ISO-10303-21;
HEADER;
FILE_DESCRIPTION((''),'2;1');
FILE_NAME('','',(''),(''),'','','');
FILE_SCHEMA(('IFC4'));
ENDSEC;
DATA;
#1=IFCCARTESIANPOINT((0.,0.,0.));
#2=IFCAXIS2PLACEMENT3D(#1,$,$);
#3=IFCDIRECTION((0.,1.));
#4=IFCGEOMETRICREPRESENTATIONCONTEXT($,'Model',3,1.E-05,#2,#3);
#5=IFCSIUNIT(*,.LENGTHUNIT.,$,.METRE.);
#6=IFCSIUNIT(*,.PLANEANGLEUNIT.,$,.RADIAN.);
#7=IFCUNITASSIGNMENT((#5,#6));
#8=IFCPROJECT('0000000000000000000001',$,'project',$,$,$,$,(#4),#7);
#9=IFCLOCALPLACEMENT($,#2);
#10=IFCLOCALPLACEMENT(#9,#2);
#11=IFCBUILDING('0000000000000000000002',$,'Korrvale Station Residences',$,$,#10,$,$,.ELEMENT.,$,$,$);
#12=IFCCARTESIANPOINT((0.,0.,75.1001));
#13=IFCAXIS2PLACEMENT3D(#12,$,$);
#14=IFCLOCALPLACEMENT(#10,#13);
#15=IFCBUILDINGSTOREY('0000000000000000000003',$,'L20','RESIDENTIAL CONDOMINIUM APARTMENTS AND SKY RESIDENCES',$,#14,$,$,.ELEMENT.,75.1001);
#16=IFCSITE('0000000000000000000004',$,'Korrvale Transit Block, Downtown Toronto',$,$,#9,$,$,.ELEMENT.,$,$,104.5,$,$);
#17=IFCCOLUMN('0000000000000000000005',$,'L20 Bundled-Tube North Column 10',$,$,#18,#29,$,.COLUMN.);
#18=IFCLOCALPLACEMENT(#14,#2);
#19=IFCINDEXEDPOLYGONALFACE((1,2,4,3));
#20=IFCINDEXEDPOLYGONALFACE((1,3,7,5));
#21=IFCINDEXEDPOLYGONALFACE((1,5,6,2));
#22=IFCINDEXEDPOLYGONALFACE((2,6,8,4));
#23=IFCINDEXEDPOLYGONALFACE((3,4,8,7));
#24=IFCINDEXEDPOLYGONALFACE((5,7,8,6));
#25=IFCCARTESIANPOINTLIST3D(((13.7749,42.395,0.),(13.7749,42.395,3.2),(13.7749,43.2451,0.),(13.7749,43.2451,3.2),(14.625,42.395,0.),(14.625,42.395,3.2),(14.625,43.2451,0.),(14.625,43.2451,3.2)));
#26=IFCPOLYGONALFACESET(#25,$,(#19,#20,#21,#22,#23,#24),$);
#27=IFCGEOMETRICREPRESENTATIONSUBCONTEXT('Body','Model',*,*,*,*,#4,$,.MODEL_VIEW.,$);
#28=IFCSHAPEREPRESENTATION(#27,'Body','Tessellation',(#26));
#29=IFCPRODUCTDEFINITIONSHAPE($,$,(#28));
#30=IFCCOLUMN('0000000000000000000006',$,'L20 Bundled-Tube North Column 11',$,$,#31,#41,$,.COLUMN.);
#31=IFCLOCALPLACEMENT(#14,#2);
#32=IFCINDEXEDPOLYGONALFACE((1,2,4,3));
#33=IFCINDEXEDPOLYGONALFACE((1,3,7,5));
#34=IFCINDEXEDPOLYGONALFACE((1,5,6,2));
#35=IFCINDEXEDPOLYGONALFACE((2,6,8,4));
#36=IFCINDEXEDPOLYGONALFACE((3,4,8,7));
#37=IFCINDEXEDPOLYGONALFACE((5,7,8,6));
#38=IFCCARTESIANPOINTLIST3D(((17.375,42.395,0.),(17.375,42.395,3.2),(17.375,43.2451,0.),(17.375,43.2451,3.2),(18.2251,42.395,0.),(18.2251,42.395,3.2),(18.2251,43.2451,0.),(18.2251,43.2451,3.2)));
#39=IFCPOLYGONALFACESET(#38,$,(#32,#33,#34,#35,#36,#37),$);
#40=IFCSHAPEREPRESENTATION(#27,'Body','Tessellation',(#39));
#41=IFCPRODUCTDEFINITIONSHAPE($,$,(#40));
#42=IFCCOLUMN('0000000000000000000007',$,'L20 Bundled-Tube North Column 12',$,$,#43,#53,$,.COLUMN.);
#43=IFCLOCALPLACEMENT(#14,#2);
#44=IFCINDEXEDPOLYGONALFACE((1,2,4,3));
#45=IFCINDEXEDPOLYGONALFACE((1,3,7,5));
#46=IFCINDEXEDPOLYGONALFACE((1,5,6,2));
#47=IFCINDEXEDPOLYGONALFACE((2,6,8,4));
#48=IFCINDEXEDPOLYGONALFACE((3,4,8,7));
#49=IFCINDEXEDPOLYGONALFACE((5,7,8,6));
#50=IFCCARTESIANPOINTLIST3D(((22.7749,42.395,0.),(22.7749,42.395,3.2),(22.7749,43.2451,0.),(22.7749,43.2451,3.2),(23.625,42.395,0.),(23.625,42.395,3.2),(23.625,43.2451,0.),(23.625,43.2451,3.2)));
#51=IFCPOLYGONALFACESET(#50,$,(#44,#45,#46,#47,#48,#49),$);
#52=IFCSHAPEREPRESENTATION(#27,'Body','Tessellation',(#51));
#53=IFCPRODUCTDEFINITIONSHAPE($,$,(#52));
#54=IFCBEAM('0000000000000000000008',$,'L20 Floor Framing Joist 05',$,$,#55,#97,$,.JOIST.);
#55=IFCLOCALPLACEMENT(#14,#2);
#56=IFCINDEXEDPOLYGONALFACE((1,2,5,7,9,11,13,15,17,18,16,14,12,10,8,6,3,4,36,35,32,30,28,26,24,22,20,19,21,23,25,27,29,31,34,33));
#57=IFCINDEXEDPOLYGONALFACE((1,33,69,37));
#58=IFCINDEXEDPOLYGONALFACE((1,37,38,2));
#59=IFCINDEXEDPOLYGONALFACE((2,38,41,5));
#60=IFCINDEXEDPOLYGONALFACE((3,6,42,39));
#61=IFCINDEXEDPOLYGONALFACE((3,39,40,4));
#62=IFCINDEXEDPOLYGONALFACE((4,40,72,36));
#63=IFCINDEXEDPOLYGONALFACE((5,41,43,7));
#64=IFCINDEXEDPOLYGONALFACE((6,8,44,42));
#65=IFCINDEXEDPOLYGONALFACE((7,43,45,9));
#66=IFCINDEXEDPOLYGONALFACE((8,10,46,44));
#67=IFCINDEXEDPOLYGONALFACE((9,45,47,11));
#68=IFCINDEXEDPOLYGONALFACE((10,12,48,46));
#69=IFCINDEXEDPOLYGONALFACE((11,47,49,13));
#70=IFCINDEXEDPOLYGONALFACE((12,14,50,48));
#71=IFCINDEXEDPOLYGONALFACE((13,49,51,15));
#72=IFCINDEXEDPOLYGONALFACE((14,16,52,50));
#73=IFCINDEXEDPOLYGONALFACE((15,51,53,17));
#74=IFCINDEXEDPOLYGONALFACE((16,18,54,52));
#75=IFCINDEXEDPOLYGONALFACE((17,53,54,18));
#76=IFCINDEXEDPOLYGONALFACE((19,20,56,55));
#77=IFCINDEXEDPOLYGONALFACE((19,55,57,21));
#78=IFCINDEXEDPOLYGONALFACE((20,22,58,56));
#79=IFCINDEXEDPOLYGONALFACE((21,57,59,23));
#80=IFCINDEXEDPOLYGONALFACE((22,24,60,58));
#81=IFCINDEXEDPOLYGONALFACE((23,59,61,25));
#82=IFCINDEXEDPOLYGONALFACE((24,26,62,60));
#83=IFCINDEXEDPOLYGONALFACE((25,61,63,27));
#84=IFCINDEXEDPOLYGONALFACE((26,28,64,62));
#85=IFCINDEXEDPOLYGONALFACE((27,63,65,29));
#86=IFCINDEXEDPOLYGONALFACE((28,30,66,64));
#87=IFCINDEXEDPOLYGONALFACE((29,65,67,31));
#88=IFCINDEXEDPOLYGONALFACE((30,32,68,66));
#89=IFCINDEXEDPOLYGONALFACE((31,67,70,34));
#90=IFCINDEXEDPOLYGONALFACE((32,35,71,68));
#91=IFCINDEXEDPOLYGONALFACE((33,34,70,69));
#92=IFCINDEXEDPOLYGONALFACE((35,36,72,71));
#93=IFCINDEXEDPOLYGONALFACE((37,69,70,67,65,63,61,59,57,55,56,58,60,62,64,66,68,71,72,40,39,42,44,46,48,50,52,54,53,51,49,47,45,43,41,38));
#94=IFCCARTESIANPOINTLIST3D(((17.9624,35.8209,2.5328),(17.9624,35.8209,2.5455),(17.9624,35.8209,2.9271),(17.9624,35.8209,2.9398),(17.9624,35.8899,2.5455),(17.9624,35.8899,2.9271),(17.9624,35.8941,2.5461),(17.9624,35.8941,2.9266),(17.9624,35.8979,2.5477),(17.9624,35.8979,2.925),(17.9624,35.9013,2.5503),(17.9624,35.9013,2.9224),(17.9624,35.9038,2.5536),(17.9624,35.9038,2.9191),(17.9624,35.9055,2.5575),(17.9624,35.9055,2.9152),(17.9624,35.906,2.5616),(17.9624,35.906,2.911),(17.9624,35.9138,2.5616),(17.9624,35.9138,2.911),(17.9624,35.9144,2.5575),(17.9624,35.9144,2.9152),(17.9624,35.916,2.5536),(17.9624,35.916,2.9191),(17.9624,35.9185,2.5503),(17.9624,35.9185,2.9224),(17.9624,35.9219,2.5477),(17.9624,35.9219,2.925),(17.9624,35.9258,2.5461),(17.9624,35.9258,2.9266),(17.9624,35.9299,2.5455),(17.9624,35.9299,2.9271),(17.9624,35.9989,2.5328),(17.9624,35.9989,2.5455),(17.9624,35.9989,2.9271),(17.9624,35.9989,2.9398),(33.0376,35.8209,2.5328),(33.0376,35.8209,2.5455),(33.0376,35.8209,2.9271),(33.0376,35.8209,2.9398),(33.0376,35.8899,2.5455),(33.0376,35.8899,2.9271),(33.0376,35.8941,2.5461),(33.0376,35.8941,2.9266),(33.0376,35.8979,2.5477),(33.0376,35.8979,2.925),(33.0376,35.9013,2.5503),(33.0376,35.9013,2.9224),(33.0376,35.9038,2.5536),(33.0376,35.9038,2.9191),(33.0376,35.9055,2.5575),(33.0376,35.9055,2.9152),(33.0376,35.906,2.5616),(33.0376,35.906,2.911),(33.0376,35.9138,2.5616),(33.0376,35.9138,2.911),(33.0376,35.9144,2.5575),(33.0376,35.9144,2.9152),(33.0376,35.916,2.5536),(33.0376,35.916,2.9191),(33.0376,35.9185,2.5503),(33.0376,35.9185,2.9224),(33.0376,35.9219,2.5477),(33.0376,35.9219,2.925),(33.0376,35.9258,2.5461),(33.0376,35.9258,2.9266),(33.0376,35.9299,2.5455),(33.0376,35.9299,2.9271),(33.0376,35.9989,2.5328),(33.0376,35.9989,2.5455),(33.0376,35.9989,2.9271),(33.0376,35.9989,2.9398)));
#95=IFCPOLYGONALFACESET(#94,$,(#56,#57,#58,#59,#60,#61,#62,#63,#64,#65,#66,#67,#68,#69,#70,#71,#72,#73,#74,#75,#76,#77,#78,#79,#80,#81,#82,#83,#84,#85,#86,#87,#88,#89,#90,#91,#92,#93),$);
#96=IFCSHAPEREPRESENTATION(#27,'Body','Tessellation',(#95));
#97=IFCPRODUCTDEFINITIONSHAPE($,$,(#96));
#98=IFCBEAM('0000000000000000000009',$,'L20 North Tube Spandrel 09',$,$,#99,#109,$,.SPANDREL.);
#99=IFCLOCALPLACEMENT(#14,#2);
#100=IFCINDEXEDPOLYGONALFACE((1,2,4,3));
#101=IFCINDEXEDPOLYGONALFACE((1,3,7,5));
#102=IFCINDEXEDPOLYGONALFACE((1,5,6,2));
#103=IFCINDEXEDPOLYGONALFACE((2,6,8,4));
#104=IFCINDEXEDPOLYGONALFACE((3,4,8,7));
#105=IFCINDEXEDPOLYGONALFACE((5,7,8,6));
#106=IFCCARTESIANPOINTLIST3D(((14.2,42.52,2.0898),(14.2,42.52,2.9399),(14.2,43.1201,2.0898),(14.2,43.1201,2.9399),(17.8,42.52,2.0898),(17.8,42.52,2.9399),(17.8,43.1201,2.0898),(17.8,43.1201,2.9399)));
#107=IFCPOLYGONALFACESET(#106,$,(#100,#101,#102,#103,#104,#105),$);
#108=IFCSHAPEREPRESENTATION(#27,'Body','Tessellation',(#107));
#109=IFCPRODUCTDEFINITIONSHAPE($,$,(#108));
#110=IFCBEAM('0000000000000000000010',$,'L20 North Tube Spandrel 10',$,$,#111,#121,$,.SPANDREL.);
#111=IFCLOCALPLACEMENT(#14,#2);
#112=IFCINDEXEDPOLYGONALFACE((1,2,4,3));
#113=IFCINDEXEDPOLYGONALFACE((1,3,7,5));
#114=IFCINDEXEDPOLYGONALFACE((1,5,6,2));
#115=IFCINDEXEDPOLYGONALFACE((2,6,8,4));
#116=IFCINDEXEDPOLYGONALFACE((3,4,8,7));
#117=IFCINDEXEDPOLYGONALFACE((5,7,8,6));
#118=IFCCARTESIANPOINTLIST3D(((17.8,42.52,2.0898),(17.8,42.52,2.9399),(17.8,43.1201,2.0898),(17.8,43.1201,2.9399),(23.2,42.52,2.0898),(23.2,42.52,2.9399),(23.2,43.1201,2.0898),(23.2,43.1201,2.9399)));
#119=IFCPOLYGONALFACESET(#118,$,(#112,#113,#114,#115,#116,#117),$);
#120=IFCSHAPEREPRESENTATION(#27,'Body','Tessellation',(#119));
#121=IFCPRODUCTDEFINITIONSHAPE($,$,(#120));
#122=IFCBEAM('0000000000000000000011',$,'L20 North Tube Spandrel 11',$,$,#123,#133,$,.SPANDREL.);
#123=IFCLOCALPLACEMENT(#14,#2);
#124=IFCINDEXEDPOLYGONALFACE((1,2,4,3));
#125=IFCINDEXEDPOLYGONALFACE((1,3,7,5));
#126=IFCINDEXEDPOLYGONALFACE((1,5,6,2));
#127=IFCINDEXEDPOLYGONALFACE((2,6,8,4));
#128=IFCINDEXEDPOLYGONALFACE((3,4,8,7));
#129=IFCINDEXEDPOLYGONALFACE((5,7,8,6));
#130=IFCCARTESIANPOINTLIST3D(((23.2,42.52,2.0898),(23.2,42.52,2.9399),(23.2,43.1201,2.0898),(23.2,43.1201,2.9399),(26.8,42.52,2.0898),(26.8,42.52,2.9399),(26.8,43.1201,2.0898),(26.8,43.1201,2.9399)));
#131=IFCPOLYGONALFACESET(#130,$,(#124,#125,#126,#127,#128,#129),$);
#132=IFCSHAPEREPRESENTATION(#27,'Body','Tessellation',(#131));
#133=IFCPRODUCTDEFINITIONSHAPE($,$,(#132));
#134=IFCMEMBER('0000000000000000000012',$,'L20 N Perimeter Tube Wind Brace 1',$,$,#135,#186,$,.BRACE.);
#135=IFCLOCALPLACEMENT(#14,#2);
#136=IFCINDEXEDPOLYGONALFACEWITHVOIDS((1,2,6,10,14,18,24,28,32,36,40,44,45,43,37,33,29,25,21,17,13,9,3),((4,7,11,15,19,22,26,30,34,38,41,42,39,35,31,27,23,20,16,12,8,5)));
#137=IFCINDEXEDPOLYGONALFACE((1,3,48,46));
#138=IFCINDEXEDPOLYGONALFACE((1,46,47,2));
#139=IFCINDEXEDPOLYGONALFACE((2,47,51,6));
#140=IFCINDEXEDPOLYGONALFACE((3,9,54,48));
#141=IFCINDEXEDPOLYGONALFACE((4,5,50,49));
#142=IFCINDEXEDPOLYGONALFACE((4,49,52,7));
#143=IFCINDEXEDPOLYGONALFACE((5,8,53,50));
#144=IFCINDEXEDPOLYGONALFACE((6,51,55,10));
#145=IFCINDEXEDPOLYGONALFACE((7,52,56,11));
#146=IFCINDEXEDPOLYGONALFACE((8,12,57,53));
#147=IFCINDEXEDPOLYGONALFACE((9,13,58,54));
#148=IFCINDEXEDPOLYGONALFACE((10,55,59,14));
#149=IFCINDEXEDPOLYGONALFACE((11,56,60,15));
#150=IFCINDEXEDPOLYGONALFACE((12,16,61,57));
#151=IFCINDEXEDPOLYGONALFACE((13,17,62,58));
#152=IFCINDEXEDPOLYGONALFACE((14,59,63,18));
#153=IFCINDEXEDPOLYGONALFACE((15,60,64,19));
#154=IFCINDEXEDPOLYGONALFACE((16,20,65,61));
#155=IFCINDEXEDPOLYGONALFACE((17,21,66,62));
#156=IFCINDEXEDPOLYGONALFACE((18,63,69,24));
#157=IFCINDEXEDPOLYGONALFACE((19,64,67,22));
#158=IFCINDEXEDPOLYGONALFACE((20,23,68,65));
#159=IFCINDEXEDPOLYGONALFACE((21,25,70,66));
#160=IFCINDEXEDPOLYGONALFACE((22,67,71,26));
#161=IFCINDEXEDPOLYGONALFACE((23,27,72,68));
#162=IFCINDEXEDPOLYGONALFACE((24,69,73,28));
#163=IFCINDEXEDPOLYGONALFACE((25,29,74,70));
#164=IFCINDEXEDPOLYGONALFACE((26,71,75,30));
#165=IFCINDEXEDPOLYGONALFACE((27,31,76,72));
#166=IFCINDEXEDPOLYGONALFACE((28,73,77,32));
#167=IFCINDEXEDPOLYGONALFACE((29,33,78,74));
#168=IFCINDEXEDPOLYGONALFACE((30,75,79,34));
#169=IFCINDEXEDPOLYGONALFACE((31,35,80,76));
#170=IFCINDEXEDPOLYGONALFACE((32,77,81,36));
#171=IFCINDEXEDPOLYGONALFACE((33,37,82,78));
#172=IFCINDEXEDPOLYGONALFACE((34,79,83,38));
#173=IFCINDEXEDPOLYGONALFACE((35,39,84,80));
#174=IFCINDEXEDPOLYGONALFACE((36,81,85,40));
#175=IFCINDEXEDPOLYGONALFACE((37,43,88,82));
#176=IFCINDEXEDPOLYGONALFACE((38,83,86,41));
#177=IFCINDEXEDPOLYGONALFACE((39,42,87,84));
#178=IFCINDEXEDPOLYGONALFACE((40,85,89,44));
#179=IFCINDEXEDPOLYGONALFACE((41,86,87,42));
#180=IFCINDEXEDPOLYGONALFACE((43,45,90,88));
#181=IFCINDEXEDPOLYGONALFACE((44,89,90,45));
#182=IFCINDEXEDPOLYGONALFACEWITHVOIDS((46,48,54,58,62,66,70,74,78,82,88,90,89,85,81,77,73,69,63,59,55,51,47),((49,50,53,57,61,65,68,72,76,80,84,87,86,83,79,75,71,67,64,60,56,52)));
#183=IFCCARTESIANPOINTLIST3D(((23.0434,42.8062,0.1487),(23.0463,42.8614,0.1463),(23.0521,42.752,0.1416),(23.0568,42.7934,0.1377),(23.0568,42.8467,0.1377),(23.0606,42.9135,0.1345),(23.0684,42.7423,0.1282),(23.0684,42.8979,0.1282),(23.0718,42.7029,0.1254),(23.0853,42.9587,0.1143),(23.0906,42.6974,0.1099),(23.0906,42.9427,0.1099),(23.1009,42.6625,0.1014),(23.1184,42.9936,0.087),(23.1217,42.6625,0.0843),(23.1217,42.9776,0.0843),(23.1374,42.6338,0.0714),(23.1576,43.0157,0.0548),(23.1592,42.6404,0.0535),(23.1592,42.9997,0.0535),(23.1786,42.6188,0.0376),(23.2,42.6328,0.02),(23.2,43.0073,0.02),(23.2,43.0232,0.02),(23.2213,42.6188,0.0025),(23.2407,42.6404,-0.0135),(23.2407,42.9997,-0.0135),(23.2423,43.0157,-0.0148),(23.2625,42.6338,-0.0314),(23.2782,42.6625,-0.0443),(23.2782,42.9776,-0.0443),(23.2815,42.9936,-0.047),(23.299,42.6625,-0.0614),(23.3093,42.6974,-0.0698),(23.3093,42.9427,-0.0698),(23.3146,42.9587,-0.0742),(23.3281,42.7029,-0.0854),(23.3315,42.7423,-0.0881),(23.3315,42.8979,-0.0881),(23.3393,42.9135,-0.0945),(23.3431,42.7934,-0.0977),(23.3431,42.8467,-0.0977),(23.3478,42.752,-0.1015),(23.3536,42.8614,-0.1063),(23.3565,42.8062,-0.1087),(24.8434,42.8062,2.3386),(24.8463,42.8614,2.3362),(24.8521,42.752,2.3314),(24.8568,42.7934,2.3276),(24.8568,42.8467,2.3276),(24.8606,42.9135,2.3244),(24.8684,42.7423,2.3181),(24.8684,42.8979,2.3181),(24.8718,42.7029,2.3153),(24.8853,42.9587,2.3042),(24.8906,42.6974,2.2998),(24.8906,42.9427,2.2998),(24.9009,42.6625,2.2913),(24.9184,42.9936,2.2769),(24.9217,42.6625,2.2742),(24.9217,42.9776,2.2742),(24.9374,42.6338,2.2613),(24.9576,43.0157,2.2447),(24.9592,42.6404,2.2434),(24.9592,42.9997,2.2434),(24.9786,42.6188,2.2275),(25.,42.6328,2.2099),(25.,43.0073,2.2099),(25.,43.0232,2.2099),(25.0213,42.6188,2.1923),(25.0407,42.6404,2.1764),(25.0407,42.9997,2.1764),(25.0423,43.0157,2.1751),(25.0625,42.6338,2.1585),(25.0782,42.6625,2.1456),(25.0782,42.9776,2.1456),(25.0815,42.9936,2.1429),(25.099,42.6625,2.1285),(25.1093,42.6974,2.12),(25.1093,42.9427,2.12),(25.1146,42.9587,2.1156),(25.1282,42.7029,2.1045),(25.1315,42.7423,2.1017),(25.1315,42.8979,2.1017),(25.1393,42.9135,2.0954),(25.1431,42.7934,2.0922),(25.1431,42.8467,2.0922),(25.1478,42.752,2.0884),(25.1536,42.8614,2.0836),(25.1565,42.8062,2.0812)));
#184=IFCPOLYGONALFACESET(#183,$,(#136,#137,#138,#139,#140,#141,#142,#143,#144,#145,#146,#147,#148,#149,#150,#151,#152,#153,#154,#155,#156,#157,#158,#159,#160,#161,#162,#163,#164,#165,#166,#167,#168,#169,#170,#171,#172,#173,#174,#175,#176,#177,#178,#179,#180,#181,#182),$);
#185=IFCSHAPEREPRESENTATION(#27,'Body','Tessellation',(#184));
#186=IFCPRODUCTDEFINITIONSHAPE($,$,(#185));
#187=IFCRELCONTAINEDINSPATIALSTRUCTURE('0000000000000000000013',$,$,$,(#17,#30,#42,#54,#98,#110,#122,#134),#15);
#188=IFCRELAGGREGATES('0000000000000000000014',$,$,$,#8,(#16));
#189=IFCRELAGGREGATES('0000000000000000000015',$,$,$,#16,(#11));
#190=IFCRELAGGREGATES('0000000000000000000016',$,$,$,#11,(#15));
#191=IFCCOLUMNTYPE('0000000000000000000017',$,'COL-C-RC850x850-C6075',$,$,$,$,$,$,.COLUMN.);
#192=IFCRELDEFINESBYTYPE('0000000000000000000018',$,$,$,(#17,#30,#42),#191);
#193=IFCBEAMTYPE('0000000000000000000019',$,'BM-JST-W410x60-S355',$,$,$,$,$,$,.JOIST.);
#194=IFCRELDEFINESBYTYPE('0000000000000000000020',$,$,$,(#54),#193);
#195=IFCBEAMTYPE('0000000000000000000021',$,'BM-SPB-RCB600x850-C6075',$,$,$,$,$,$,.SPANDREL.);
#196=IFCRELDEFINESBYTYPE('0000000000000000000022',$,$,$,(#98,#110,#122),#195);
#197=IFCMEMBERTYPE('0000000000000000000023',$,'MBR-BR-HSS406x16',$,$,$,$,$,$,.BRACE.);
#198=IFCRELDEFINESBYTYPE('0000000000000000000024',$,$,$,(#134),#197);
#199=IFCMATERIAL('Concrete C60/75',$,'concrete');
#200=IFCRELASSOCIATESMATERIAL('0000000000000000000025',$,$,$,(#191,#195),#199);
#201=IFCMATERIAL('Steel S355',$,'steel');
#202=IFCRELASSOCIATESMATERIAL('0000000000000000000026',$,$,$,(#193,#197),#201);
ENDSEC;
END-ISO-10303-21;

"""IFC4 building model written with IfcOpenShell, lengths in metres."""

from ifc_helpers import new_model, si_unit, direction, frame, origin, origin_2d, place, context, subcontext, project, spatial, rectangle, hollow_circle, i_section, extrude, material, material_profile, profile_set, type_object, element, save


model = new_model("IFC4")

# Units and contexts
model_context = context("Model", 3, precision=1e-05, world=origin(), true_north=direction((0.0, 1.0)))
body_context = subcontext(model_context, "Body", "Model", "MODEL_VIEW")
ifc_project = project(units=[si_unit("LENGTHUNIT", "METRE"), si_unit("PLANEANGLEUNIT", "RADIAN")], contexts=[model_context])

# Site, building, storey
site_placement = place(None, origin())
site = spatial("IfcSite", under=ifc_project, at=site_placement, Name="Korrvale Transit Block, Downtown Toronto", CompositionType="ELEMENT", RefElevation=104.5)
building_placement = place(site_placement, origin())
building = spatial("IfcBuilding", under=site, at=building_placement, Name="Korrvale Station Residences", CompositionType="ELEMENT")
storey_placement = place(building_placement, frame((0.0, 0.0, 75.1001)))
storey = spatial("IfcBuildingStorey", under=building, at=storey_placement, Name="L20", Description="RESIDENTIAL CONDOMINIUM APARTMENTS AND SKY RESIDENCES", CompositionType="ELEMENT", Elevation=75.1001)

# Columns
ifc_material_1 = material(Name="Concrete C60/75", Category="concrete")
ifc_material_profile_1 = material_profile(ifc_material_1, rectangle(XDim=0.8501, YDim=0.8501, at=origin_2d()), Name="RC850x850")
ifc_profile_set_1 = profile_set([ifc_material_profile_1], Name="Concrete C60/75")
column_type = type_object("IfcColumnType", Name="COL-C-RC850x850-C6075", PredefinedType="COLUMN", material=ifc_profile_set_1)
for number, where, z_axis, x_axis, name in (
    (1, (14.2, 42.8201, 0.0), (0.0, 0.0, 1.0), (1.0, 0.0, 0.0), "L20 Bundled-Tube North Column 10"),
    (2, (17.8, 42.8201, 0.0), (0.0, 0.0, 1.0), (1.0, 0.0, 0.0), "L20 Bundled-Tube North Column 11"),
    (3, (23.2, 42.8201, 0.0), (0.0, 0.0, 1.0), (1.0, 0.0, 0.0), "L20 Bundled-Tube North Column 12"),
):
    element("IfcColumn", number, at=place(storey_placement, frame(where, z_axis=z_axis, x_axis=x_axis)), inside=storey, type_object=column_type, Name=name, PredefinedType="COLUMN", context=body_context, shape_type="SweptSolid", body=[
        extrude(rectangle(XDim=0.8501, YDim=0.8501, at=origin_2d()), origin(), (0.0, 0.0, 1.0), 3.2),
    ])

# Beams
ifc_material_2 = material(Name="Steel S355", Category="steel")
ifc_material_profile_2 = material_profile(ifc_material_2, i_section(OverallWidth=0.178, OverallDepth=0.407, WebThickness=0.0078, FlangeThickness=0.0127, FilletRadius=0.0161, at=origin_2d()), Name="W410x60")
ifc_profile_set_2 = profile_set([ifc_material_profile_2], Name="Steel S355")
beam_type_1 = type_object("IfcBeamType", Name="BM-JST-W410x60-S355", PredefinedType="JOIST", material=ifc_profile_set_2)
beam_1_placement = place(storey_placement, frame((17.9624, 35.9099, 2.7363), z_axis=(1.0, 0.0, 0.0), x_axis=(0.0, 1.0, 0.0)))
element("IfcBeam", 4, at=beam_1_placement, inside=storey, type_object=beam_type_1, Name="L20 Floor Framing Joist 05", PredefinedType="JOIST", context=body_context, shape_type="SweptSolid", body=[
    extrude(i_section(OverallWidth=0.178, OverallDepth=0.407, WebThickness=0.0078, FlangeThickness=0.0127, FilletRadius=0.0161, at=origin_2d()), origin(), (0.0, 0.0, 1.0), 15.0752),
])
ifc_material_profile_3 = material_profile(ifc_material_1, rectangle(XDim=0.6001, YDim=0.8501, at=origin_2d()), Name="RCB600x850")
ifc_profile_set_3 = profile_set([ifc_material_profile_3], Name="Concrete C60/75")
beam_type_2 = type_object("IfcBeamType", Name="BM-SPB-RCB600x850-C6075", PredefinedType="SPANDREL", material=ifc_profile_set_3)
beam_2_placement = place(storey_placement, frame((14.2, 42.8201, 2.5149), z_axis=(1.0, 0.0, 0.0), x_axis=(0.0, 1.0, 0.0)))
element("IfcBeam", 5, at=beam_2_placement, inside=storey, type_object=beam_type_2, Name="L20 North Tube Spandrel 09", PredefinedType="SPANDREL", context=body_context, shape_type="SweptSolid", body=[
    extrude(rectangle(XDim=0.6001, YDim=0.8501, at=origin_2d()), origin(), (0.0, 0.0, 1.0), 3.6001),
])
beam_3_placement = place(storey_placement, frame((17.8, 42.8201, 2.5149), z_axis=(1.0, 0.0, 0.0), x_axis=(0.0, 1.0, 0.0)))
element("IfcBeam", 6, at=beam_3_placement, inside=storey, type_object=beam_type_2, Name="L20 North Tube Spandrel 10", PredefinedType="SPANDREL", context=body_context, shape_type="SweptSolid", body=[
    extrude(rectangle(XDim=0.6001, YDim=0.8501, at=origin_2d()), origin(), (0.0, 0.0, 1.0), 5.3999),
])
beam_4_placement = place(storey_placement, frame((23.2, 42.8201, 2.5149), z_axis=(1.0, 0.0, 0.0), x_axis=(0.0, 1.0, 0.0)))
element("IfcBeam", 7, at=beam_4_placement, inside=storey, type_object=beam_type_2, Name="L20 North Tube Spandrel 11", PredefinedType="SPANDREL", context=body_context, shape_type="SweptSolid", body=[
    extrude(rectangle(XDim=0.6001, YDim=0.8501, at=origin_2d()), origin(), (0.0, 0.0, 1.0), 3.6001),
])

# Member
ifc_material_profile_4 = material_profile(ifc_material_2, hollow_circle(Radius=0.2031, WallThickness=0.0159, at=origin_2d()), Name="HSS406x16")
ifc_profile_set_4 = profile_set([ifc_material_profile_4], Name="Steel S355")
member_type = type_object("IfcMemberType", Name="MBR-BR-HSS406x16", PredefinedType="BRACE", material=ifc_profile_set_4)
member_placement = place(storey_placement, frame((23.2, 42.8201, 0.02), z_axis=(0.634985, 0.0, 0.772524), x_axis=(0.0, 1.0, 0.0)))
element("IfcMember", 8, at=member_placement, inside=storey, type_object=member_type, Name="L20 N Perimeter Tube Wind Brace 1", PredefinedType="BRACE", context=body_context, shape_type="SweptSolid", body=[
    extrude(hollow_circle(Radius=0.2031, WallThickness=0.0159, at=origin_2d()), origin(), (0.0, 0.0, 1.0), 2.8347),
])

save(model, "model.ifc")
